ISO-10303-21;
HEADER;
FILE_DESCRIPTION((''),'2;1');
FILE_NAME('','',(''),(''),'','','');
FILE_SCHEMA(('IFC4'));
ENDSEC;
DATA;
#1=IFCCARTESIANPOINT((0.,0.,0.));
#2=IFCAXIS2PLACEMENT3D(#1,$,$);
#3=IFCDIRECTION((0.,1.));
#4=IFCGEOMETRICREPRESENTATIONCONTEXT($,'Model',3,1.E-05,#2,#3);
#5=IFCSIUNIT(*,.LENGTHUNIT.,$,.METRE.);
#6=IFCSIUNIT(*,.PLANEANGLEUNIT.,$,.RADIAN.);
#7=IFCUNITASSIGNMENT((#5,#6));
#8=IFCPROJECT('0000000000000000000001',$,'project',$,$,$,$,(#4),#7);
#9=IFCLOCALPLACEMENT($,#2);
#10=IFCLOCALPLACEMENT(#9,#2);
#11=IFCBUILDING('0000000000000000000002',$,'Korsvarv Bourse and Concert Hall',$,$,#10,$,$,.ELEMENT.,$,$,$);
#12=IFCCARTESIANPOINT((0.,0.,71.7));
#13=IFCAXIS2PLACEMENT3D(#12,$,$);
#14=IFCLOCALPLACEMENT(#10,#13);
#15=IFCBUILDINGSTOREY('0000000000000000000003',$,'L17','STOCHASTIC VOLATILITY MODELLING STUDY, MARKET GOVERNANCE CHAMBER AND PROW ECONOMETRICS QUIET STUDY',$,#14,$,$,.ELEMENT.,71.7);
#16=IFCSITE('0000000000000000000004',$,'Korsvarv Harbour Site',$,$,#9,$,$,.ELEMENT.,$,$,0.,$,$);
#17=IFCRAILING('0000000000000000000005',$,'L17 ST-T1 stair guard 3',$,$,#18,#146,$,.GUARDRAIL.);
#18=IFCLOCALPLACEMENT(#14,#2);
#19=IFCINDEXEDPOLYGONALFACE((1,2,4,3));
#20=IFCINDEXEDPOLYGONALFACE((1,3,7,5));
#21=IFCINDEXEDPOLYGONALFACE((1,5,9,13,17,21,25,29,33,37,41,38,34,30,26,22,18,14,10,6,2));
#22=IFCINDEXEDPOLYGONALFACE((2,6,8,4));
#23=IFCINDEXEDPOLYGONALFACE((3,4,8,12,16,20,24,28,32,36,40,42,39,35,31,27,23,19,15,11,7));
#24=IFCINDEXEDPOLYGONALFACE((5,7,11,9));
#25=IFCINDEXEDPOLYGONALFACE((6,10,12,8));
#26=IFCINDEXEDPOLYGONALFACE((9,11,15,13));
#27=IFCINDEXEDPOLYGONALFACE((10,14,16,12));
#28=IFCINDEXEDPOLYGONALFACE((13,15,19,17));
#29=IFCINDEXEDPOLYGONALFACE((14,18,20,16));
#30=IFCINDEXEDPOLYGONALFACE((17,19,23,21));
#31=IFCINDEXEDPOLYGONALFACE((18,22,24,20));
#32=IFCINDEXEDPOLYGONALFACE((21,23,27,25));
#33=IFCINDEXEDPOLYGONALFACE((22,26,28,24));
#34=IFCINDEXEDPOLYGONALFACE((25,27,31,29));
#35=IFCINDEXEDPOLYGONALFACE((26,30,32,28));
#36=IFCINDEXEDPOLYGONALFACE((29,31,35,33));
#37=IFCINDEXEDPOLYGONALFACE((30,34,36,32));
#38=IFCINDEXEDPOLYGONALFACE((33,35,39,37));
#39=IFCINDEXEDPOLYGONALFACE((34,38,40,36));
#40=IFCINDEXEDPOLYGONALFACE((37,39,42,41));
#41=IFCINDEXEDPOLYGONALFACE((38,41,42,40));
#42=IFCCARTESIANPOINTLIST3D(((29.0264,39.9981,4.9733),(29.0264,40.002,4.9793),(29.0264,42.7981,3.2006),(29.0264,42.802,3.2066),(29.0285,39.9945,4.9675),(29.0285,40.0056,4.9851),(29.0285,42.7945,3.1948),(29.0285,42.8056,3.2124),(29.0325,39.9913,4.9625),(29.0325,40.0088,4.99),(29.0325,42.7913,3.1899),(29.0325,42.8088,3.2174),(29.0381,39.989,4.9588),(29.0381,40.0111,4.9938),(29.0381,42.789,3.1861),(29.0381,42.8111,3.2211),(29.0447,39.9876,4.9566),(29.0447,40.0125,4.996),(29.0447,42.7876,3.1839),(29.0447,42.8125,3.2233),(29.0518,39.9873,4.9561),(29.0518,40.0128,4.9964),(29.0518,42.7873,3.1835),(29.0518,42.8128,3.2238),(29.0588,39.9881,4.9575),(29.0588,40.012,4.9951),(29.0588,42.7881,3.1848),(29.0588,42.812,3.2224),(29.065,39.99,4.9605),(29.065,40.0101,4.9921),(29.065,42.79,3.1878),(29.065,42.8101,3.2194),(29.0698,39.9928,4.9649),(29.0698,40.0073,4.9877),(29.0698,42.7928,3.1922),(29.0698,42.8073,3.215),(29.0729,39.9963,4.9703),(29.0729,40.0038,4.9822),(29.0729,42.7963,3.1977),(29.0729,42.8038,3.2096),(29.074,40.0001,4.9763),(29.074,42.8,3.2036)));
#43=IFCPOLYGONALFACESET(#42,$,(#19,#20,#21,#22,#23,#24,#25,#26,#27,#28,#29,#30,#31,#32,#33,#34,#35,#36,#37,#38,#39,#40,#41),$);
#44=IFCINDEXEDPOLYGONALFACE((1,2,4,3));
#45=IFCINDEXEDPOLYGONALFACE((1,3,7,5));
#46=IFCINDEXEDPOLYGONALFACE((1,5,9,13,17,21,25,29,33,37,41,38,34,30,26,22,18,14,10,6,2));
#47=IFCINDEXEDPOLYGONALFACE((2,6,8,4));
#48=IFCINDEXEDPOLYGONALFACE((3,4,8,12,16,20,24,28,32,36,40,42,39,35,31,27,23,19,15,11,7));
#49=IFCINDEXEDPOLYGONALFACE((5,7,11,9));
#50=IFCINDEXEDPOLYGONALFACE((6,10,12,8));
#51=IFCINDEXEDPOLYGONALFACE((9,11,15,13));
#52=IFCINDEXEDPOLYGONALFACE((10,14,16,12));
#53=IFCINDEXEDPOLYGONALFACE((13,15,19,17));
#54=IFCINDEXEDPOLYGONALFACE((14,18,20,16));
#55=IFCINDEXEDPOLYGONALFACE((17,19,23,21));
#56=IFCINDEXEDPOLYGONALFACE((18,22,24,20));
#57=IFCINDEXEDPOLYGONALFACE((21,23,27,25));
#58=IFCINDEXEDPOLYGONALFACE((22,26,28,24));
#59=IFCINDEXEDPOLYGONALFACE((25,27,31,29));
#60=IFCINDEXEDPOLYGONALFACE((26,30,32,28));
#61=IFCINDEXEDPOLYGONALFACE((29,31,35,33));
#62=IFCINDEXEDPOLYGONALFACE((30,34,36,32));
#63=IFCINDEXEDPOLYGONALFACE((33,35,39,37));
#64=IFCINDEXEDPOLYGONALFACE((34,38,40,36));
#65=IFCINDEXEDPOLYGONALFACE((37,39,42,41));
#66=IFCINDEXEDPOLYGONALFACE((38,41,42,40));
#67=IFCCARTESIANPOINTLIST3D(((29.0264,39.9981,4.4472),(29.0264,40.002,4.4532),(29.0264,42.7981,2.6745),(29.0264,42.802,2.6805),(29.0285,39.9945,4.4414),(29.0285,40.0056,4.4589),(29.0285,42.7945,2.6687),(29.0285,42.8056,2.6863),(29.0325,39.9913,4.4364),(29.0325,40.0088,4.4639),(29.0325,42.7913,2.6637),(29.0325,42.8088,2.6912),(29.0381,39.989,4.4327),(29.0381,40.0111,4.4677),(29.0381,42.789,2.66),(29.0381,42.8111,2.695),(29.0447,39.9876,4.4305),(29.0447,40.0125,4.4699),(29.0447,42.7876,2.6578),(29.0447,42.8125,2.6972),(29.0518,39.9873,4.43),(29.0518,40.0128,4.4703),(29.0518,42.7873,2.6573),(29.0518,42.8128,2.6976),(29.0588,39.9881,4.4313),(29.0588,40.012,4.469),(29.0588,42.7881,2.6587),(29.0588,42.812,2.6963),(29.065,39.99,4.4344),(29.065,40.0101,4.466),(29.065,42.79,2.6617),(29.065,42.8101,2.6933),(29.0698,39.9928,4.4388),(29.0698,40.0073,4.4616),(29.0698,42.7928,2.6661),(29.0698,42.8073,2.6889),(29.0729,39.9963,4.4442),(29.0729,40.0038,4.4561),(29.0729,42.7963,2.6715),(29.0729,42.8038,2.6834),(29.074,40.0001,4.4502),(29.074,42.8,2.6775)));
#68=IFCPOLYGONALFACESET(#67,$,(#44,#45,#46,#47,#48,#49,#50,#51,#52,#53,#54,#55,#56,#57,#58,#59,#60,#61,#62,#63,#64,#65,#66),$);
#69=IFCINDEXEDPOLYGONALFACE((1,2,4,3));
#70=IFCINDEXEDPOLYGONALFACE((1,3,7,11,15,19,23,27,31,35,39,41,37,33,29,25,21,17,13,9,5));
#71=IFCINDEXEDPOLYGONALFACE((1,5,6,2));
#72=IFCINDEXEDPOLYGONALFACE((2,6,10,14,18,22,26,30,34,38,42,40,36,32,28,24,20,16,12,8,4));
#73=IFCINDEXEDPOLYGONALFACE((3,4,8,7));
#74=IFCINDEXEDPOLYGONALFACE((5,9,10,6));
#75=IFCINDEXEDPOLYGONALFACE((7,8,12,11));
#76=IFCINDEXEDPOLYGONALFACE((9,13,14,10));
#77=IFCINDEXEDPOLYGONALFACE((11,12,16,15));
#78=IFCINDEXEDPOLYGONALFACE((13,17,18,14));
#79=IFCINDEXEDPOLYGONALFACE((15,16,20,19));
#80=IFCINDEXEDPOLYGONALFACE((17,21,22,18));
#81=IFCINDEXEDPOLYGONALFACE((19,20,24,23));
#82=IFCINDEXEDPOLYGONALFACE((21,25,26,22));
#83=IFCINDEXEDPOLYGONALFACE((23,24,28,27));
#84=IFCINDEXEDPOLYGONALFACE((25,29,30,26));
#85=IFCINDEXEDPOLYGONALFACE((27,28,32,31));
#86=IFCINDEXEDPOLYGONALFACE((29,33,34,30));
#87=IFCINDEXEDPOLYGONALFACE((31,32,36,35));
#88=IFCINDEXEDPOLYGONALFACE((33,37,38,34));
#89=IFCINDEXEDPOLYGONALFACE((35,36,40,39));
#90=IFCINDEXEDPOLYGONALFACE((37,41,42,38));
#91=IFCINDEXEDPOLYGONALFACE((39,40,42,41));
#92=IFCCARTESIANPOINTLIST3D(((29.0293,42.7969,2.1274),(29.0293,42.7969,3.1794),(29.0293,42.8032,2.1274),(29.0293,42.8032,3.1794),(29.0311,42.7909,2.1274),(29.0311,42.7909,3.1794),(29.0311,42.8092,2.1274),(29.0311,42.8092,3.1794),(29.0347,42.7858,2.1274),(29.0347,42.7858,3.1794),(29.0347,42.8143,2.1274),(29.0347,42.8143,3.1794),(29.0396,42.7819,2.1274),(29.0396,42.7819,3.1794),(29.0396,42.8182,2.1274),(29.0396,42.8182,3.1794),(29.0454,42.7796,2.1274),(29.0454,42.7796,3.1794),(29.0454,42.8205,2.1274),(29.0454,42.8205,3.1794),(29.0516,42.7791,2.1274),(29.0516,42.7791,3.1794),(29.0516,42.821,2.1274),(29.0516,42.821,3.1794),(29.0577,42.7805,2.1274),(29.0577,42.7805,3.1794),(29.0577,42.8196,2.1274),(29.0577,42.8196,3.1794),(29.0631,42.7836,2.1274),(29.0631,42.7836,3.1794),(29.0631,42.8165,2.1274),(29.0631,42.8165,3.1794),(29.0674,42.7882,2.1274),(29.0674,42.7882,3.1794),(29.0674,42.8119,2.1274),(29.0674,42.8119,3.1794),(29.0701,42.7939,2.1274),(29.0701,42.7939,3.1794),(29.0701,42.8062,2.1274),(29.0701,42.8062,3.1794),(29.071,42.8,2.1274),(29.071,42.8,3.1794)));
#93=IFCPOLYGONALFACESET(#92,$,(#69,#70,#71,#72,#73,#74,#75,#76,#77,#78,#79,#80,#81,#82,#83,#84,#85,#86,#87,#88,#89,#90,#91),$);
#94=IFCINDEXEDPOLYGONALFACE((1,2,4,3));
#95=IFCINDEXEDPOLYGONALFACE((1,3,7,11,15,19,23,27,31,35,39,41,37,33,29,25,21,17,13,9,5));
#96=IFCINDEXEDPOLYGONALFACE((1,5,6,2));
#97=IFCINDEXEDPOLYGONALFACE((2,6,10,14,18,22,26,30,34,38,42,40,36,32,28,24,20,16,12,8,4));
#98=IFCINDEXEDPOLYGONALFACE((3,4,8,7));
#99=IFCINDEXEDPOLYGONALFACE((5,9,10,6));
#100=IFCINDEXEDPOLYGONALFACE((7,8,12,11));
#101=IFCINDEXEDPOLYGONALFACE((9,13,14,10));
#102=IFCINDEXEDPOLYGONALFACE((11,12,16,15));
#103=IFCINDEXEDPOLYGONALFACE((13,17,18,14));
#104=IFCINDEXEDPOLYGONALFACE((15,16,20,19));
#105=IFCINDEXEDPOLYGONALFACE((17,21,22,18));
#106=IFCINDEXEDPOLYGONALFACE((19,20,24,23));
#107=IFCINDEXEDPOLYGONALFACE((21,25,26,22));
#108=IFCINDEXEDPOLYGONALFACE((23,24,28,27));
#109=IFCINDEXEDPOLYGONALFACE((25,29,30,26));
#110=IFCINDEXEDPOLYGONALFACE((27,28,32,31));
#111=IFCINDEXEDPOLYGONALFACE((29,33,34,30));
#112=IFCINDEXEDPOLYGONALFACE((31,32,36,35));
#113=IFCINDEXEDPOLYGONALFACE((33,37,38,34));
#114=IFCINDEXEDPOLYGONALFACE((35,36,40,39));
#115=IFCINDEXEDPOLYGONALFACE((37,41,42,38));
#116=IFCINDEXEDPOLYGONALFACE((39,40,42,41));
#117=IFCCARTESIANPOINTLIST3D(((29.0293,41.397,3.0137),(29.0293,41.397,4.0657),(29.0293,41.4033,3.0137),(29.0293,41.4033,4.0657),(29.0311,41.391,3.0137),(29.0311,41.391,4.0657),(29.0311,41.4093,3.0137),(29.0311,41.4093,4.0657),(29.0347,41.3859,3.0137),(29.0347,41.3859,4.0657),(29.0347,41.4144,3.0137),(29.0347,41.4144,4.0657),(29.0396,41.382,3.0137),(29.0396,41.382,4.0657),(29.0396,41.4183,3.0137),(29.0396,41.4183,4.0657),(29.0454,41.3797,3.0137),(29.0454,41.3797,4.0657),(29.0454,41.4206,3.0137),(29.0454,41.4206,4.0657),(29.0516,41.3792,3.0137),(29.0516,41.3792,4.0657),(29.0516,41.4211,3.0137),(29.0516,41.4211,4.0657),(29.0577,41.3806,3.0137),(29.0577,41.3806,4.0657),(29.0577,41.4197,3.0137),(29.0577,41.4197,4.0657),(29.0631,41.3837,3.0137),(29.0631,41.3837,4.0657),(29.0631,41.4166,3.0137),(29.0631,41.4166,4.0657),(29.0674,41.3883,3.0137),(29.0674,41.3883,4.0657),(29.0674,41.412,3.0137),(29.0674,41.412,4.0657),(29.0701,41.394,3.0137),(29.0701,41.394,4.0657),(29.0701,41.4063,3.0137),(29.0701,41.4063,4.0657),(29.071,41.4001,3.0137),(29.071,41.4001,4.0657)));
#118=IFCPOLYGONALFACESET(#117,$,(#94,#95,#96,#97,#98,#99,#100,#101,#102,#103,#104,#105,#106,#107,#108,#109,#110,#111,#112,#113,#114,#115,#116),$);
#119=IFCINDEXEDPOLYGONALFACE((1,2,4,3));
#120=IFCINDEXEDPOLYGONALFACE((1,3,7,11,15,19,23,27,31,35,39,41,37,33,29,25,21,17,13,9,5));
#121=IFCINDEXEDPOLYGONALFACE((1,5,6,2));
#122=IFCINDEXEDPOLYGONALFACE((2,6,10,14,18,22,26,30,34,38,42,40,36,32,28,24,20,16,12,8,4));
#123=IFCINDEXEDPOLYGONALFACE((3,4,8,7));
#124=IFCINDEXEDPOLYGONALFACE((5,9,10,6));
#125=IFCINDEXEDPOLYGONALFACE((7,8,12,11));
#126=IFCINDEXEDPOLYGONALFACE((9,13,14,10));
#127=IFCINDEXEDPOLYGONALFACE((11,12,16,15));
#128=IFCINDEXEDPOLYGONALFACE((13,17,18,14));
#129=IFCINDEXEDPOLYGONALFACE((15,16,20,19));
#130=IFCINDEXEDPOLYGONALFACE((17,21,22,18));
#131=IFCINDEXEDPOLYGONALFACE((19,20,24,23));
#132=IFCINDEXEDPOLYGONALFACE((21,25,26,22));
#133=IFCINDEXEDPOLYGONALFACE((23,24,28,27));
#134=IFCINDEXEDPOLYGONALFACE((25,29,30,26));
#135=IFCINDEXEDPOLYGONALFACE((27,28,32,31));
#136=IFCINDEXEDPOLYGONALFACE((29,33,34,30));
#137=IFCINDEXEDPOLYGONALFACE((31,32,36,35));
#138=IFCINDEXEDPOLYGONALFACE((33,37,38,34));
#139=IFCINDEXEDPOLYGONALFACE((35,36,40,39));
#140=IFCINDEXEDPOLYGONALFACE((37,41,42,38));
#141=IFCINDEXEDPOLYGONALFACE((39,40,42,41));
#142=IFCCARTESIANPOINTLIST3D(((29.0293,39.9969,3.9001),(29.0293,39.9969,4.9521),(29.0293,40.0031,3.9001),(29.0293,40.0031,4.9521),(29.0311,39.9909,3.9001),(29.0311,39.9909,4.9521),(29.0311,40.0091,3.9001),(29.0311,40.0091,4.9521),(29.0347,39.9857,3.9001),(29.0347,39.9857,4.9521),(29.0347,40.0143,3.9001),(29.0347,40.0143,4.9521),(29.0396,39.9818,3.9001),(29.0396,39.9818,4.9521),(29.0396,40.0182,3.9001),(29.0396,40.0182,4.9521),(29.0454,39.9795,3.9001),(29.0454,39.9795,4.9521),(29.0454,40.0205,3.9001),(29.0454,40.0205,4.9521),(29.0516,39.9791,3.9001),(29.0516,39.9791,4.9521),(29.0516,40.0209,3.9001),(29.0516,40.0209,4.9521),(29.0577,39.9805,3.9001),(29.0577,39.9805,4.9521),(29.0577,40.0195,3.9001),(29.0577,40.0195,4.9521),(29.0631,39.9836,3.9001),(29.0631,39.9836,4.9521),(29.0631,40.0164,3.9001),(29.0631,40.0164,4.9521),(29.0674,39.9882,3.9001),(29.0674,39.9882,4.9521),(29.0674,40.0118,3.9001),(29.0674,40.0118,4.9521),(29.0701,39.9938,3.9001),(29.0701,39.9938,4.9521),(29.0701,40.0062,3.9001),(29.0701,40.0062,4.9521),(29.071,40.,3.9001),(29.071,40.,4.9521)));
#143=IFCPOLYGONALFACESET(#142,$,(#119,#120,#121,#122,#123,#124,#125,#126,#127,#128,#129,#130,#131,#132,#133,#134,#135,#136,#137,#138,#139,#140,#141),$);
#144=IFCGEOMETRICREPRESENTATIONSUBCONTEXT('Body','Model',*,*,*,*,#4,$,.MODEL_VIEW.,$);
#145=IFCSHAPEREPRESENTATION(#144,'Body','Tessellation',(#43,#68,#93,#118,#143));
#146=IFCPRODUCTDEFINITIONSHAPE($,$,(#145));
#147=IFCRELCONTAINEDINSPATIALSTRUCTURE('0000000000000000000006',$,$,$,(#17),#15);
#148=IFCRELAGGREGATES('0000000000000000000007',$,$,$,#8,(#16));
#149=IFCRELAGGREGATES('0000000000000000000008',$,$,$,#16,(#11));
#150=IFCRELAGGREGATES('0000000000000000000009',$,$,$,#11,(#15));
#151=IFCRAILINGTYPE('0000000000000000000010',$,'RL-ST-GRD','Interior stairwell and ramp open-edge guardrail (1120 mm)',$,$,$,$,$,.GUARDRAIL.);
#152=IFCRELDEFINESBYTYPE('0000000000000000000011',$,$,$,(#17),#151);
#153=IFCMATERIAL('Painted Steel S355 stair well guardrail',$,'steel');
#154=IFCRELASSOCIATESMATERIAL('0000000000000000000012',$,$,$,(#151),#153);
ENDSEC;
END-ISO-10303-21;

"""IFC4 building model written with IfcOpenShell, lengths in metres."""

from ifc_helpers import new_model, si_unit, direction, frame, origin, origin_2d, place, context, subcontext, project, spatial, circle, extrude, material, type_object, element, save


model = new_model("IFC4")

# Units and contexts
model_context = context("Model", 3, precision=1e-05, world=origin(), true_north=direction((0.0, 1.0)))
body_context = subcontext(model_context, "Body", "Model", "MODEL_VIEW")
ifc_project = project(units=[si_unit("LENGTHUNIT", "METRE"), si_unit("PLANEANGLEUNIT", "RADIAN")], contexts=[model_context])

# Site, building, storey
site_placement = place(None, origin())
site = spatial("IfcSite", under=ifc_project, at=site_placement, Name="Korsvarv Harbour Site", CompositionType="ELEMENT", RefElevation=0.0)
building_placement = place(site_placement, origin())
building = spatial("IfcBuilding", under=site, at=building_placement, Name="Korsvarv Bourse and Concert Hall", CompositionType="ELEMENT")
storey_placement = place(building_placement, frame((0.0, 0.0, 71.7)))
storey = spatial("IfcBuildingStorey", under=building, at=storey_placement, Name="L17", Description="STOCHASTIC VOLATILITY MODELLING STUDY, MARKET GOVERNANCE CHAMBER AND PROW ECONOMETRICS QUIET STUDY", CompositionType="ELEMENT", Elevation=71.7)

# Railing
ifc_material_1 = material(Name="Painted Steel S355 stair well guardrail", Category="steel")
railing_type_1 = type_object("IfcRailingType", Name="RL-ST-GRD", Description="Interior stairwell and ramp open-edge guardrail (1120 mm)", PredefinedType="GUARDRAIL", material=ifc_material_1)
railing_1_placement = place(storey_placement, frame((29.05, 42.8, 2.1274)))
element("IfcRailing", 1, at=railing_1_placement, inside=storey, type_object=railing_type_1, Name="L17 ST-T1 stair guard 3", PredefinedType="GUARDRAIL", context=body_context, shape_type="SweptSolid", body=[
    extrude(circle(Radius=0.0239, at=origin_2d()), frame((0.0, 0.0, 1.0762), z_axis=(0.0, -0.844909, 0.53491), x_axis=(1.0, 0.0, 0.0)), (0.0, 0.0, 1.0), 3.314),
    extrude(circle(Radius=0.0239, at=origin_2d()), frame((0.0, 0.0, 0.55), z_axis=(0.0, -0.844909, 0.53491), x_axis=(1.0, 0.0, 0.0)), (0.0, 0.0, 1.0), 3.314),
    extrude(circle(Radius=0.021, at=origin_2d()), origin(), (0.0, 0.0, 1.0), 1.052),
    extrude(circle(Radius=0.021, at=origin_2d()), frame((0.0, -1.3999, 0.8862)), (0.0, 0.0, 1.0), 1.052),
    extrude(circle(Radius=0.021, at=origin_2d()), frame((0.0, -2.8, 1.7727)), (0.0, 0.0, 1.0), 1.052),
])

save(model, "model.ifc")
